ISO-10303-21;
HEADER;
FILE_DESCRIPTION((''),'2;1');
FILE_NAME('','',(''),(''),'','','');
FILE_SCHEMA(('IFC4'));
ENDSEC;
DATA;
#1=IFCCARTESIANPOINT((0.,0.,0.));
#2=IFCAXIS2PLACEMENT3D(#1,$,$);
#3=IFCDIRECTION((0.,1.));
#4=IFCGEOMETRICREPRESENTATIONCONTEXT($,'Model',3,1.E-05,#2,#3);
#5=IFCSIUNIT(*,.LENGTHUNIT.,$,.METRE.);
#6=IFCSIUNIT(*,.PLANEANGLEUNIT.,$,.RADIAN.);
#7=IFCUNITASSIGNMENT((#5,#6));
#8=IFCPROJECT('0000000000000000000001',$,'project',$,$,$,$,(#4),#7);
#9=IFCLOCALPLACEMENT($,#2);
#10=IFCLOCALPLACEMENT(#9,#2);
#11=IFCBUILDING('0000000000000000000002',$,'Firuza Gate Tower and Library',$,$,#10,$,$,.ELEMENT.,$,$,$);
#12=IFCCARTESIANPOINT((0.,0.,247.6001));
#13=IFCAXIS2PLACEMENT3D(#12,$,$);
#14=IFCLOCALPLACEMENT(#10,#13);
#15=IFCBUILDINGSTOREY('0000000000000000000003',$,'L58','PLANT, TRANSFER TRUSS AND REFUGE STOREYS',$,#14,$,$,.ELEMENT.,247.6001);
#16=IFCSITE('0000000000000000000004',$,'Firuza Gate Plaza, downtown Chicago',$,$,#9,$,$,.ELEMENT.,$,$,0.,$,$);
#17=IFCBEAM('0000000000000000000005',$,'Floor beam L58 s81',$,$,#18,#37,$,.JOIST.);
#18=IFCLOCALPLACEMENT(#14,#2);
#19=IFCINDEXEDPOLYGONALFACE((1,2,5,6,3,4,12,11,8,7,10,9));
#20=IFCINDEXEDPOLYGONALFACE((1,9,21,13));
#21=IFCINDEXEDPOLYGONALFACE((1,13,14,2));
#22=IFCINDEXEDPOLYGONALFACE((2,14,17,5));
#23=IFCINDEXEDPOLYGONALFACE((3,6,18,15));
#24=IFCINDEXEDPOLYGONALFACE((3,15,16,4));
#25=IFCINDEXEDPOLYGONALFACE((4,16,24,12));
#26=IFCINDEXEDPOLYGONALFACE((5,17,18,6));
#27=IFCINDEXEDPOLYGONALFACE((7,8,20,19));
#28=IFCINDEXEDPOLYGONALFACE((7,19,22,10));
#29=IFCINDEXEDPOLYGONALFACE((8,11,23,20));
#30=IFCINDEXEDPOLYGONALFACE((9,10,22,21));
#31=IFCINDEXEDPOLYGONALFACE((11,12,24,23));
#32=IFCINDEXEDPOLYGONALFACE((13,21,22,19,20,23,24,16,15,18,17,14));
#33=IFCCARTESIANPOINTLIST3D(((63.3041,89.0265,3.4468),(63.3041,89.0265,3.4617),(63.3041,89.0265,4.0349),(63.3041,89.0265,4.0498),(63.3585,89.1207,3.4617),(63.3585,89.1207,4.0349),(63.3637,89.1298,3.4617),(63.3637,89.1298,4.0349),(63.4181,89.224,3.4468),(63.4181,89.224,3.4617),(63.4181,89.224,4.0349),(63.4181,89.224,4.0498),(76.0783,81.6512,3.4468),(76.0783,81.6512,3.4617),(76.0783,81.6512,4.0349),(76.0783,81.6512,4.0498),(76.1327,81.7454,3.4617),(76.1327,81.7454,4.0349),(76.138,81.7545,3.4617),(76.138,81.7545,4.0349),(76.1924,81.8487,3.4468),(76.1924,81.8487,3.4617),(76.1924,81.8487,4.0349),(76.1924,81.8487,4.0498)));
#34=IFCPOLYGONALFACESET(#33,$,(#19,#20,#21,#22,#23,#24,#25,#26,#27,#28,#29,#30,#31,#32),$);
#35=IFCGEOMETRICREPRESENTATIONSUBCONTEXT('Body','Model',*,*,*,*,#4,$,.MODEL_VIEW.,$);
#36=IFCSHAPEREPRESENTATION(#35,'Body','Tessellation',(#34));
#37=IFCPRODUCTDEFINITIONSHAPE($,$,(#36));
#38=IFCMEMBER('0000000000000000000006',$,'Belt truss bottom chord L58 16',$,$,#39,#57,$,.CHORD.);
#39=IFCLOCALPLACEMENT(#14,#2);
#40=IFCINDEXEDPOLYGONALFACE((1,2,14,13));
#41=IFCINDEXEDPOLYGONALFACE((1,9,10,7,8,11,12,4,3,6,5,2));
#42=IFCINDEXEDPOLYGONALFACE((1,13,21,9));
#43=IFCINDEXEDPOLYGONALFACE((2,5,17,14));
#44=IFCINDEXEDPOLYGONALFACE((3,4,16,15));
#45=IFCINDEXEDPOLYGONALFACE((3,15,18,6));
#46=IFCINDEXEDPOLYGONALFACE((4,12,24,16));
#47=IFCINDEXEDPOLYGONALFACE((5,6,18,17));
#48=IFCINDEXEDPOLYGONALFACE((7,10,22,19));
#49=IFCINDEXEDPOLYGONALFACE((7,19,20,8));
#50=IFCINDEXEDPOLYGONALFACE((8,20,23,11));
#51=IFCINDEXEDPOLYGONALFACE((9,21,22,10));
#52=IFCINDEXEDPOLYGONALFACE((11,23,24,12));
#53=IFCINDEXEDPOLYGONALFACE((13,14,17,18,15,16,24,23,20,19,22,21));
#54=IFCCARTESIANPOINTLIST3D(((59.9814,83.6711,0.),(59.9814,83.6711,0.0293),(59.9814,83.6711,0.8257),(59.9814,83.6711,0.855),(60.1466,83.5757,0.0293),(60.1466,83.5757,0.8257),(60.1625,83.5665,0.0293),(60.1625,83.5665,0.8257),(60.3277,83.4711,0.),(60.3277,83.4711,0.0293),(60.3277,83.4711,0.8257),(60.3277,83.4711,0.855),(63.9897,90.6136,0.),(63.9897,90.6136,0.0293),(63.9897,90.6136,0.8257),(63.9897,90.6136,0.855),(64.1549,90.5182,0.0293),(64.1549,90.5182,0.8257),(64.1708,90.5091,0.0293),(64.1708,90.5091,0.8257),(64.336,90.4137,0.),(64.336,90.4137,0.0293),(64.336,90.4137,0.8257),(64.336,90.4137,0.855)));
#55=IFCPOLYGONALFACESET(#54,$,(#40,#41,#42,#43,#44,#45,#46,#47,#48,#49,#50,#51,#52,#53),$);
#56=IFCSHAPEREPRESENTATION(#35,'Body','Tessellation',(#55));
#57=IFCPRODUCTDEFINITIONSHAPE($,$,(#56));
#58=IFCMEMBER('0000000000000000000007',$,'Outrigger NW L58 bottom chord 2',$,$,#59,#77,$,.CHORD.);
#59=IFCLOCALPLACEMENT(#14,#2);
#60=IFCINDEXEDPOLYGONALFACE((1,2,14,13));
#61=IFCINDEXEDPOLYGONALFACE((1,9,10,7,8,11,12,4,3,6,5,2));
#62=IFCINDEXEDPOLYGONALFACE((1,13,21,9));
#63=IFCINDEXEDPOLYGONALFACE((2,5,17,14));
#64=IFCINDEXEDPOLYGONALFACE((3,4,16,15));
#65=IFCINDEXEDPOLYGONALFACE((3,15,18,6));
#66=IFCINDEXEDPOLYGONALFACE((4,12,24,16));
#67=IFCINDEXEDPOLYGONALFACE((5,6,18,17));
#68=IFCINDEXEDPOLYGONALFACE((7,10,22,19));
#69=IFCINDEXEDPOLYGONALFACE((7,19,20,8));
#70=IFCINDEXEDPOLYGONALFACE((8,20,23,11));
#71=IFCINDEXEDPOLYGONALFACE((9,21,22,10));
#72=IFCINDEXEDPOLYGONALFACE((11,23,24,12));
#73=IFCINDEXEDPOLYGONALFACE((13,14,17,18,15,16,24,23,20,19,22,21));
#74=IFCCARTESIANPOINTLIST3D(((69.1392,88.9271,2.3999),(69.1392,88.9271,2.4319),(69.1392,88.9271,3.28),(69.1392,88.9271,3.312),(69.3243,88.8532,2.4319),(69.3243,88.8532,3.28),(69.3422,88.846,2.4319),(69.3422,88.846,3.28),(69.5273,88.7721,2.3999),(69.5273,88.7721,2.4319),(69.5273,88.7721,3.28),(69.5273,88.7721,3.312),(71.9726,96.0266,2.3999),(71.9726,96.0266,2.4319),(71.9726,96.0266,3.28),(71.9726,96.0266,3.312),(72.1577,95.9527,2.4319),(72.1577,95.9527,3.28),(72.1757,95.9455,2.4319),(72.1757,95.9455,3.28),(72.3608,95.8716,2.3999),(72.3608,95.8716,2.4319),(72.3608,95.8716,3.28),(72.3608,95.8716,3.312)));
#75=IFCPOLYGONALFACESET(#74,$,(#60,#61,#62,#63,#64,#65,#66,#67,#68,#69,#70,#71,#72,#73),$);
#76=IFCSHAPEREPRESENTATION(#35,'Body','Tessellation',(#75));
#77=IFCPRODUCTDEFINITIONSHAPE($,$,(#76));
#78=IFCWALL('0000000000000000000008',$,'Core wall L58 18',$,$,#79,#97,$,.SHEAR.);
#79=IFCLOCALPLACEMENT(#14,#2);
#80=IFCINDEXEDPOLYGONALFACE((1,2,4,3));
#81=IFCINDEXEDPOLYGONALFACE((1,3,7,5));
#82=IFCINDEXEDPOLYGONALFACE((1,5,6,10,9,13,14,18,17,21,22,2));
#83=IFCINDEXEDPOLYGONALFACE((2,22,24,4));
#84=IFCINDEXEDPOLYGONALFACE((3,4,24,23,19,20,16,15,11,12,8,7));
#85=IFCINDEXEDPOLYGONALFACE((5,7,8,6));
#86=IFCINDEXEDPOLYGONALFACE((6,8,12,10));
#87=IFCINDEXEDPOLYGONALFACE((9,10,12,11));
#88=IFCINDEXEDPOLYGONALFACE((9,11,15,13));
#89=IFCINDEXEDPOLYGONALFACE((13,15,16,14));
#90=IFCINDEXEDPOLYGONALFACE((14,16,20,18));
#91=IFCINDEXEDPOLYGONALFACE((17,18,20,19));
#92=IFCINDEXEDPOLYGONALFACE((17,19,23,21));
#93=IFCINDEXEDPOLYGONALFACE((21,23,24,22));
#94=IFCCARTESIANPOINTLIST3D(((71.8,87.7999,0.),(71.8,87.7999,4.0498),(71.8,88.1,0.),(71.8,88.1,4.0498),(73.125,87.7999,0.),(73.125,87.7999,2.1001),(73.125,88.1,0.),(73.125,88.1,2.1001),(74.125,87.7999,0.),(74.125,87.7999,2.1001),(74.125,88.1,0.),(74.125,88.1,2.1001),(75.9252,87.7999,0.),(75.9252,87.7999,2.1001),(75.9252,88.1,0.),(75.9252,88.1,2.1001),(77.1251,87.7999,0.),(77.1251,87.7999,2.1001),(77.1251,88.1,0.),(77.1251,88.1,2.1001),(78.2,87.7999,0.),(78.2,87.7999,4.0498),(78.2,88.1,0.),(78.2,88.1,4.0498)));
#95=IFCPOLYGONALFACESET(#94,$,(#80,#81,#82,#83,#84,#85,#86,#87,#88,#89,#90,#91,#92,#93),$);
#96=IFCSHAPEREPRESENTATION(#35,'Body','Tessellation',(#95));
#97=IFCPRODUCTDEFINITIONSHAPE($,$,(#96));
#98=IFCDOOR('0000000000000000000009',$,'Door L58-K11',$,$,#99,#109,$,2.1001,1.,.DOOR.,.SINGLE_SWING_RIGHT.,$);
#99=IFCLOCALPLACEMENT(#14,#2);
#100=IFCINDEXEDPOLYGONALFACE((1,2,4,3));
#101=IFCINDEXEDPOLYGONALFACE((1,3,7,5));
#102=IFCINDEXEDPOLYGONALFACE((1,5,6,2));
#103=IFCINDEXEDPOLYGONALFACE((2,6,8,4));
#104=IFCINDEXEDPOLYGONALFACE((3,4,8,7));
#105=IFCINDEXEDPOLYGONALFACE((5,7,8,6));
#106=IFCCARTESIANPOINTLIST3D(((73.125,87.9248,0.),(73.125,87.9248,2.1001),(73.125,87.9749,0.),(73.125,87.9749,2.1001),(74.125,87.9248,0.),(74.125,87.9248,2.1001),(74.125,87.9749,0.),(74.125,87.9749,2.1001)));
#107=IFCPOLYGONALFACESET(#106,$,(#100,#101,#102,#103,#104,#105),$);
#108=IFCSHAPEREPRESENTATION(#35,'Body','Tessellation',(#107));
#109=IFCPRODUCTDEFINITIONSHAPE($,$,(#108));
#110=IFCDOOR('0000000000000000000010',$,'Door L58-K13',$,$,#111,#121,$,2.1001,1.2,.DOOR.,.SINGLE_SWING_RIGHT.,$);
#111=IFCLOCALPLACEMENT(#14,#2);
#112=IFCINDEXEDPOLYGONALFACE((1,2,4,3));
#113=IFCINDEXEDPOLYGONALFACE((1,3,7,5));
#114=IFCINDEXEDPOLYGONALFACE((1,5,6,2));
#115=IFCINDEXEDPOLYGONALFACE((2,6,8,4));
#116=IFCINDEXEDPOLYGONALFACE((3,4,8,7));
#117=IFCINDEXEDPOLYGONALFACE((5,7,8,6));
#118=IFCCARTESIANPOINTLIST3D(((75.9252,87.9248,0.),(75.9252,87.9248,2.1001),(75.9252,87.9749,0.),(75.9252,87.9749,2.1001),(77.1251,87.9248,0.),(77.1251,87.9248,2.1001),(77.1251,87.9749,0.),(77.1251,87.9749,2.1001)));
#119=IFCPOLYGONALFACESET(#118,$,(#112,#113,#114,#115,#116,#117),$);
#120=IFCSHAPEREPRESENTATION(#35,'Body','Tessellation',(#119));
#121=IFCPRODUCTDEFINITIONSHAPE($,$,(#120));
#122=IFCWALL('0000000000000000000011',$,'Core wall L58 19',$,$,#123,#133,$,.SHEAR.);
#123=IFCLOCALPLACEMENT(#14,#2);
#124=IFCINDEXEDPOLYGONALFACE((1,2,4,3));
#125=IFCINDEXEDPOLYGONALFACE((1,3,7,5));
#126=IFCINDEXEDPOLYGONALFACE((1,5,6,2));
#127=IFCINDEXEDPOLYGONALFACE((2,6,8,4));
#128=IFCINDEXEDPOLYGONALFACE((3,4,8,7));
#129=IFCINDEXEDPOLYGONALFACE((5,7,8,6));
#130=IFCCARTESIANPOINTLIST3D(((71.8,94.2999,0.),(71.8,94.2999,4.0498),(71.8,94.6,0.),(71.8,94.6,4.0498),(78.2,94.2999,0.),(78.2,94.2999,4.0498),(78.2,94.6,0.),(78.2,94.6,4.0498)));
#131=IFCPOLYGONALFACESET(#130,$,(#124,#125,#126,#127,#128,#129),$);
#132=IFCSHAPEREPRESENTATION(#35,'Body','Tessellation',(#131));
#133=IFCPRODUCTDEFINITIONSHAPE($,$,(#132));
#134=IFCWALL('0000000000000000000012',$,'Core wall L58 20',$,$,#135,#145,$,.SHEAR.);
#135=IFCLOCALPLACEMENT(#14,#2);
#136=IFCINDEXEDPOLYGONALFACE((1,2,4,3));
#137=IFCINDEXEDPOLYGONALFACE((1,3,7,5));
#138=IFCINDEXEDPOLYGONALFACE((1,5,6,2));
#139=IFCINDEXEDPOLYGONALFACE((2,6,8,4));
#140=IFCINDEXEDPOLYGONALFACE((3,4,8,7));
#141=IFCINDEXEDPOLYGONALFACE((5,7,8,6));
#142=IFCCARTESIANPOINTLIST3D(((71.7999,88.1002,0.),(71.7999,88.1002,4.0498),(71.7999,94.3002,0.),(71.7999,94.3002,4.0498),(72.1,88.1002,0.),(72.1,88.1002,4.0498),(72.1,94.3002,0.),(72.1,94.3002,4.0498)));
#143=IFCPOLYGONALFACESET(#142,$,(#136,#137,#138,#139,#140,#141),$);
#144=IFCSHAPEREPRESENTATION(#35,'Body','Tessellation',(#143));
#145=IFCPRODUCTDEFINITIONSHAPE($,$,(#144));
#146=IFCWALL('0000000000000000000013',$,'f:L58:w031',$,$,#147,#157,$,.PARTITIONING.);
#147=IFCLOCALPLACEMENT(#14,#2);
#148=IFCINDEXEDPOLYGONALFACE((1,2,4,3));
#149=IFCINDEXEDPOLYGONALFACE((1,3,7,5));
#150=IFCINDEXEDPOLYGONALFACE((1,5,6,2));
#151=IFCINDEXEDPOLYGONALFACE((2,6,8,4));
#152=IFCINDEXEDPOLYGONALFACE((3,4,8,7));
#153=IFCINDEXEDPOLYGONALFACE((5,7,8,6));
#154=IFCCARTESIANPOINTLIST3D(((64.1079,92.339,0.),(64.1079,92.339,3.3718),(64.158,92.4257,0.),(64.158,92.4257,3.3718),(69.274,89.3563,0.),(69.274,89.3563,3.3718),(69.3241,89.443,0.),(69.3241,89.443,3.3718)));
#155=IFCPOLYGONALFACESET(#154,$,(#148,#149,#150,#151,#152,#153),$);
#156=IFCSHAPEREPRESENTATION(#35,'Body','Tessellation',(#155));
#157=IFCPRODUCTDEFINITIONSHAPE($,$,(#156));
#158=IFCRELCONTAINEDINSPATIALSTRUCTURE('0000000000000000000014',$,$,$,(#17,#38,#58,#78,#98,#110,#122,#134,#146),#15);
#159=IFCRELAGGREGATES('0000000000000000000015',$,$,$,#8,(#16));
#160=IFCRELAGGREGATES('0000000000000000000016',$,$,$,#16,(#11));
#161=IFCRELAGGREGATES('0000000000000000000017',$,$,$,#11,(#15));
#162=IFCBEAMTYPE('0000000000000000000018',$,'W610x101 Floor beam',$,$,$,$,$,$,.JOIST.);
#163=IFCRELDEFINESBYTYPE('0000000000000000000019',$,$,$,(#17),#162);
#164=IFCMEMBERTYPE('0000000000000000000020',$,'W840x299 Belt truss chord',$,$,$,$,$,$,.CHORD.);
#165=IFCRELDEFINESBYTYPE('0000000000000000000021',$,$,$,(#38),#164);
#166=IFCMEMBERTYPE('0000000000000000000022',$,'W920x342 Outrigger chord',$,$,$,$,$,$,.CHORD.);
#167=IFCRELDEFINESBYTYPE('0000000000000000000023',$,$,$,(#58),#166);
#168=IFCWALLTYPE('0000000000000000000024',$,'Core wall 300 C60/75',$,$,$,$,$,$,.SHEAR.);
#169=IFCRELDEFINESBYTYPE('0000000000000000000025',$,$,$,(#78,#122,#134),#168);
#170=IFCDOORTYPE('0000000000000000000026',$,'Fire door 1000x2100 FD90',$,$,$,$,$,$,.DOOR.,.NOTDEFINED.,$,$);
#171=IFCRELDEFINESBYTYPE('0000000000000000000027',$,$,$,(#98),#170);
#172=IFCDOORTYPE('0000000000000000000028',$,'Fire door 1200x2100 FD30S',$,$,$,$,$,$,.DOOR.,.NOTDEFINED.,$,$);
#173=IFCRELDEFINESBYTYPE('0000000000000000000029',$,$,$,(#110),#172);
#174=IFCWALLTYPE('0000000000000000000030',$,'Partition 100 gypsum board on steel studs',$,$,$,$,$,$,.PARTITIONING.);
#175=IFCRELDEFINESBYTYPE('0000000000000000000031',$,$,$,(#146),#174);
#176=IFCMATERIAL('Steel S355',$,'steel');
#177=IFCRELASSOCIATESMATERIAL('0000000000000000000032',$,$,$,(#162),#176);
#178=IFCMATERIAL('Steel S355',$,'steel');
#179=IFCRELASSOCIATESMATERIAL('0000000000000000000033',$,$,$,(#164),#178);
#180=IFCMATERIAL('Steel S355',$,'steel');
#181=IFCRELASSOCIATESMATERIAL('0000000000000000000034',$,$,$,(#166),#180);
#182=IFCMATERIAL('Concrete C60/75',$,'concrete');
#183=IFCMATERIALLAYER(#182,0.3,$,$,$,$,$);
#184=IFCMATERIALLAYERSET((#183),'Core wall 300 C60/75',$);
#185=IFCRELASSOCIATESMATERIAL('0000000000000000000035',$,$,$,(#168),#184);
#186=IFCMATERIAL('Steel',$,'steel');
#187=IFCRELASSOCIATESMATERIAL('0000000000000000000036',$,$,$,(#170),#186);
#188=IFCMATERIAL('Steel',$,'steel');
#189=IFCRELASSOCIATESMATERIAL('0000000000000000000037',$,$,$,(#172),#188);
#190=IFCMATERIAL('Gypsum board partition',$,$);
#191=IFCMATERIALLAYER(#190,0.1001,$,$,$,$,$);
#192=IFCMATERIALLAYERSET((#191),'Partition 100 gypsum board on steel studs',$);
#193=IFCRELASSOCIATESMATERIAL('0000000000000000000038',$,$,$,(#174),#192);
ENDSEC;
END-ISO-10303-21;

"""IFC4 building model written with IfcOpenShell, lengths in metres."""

from ifc_helpers import new_model, si_unit, direction, frame, frame_2d, origin, origin_2d, place, context, subcontext, project, spatial, rectangle, i_section, extrude, material, layer, layer_set, material_profile, profile_set, type_object, element, fill, save


model = new_model("IFC4")

# Units and contexts
model_context = context("Model", 3, precision=1e-05, world=origin(), true_north=direction((0.0, 1.0)))
body_context = subcontext(model_context, "Body", "Model", "MODEL_VIEW")
ifc_project = project(units=[si_unit("LENGTHUNIT", "METRE"), si_unit("PLANEANGLEUNIT", "RADIAN")], contexts=[model_context])

# Site, building, storey
site_placement = place(None, origin())
site = spatial("IfcSite", under=ifc_project, at=site_placement, Name="Firuza Gate Plaza, downtown Chicago", CompositionType="ELEMENT", RefElevation=0.0)
building_placement = place(site_placement, origin())
building = spatial("IfcBuilding", under=site, at=building_placement, Name="Firuza Gate Tower and Library", CompositionType="ELEMENT")
storey_placement = place(building_placement, frame((0.0, 0.0, 247.6001)))
storey = spatial("IfcBuildingStorey", under=building, at=storey_placement, Name="L58", Description="PLANT, TRANSFER TRUSS AND REFUGE STOREYS", CompositionType="ELEMENT", Elevation=247.6001)

# Beam
ifc_material_1 = material(Name="Steel S355", Category="steel")
ifc_material_profile_1 = material_profile(ifc_material_1, i_section(OverallWidth=0.228, OverallDepth=0.603, WebThickness=0.0105, FlangeThickness=0.0149, at=origin_2d()))
ifc_profile_set_1 = profile_set([ifc_material_profile_1], Name="Steel S355")
beam_type = type_object("IfcBeamType", Name="W610x101 Floor beam", PredefinedType="JOIST", material=ifc_profile_set_1)
beam_placement = place(storey_placement, frame((63.3611, 89.1252, 3.7483), z_axis=(0.866023, -0.500004, 0.0), x_axis=(0.500004, 0.866023, 0.0)))
element("IfcBeam", 1, at=beam_placement, inside=storey, type_object=beam_type, Name="Floor beam L58 s81", PredefinedType="JOIST", context=body_context, shape_type="SweptSolid", body=[
    extrude(i_section(OverallWidth=0.228, OverallDepth=0.603, WebThickness=0.0105, FlangeThickness=0.0149, at=origin_2d()), origin(), (0.0, 0.0, 1.0), 14.7505),
])

# Members
ifc_material_2 = material(Name="Steel S355", Category="steel")
ifc_material_profile_2 = material_profile(ifc_material_2, i_section(OverallWidth=0.3999, OverallDepth=0.855, WebThickness=0.0183, FlangeThickness=0.0293, at=origin_2d()))
ifc_profile_set_2 = profile_set([ifc_material_profile_2], Name="Steel S355")
member_type_1 = type_object("IfcMemberType", Name="W840x299 Belt truss chord", PredefinedType="CHORD", material=ifc_profile_set_2)
member_1_placement = place(storey_placement, frame((64.1628, 90.5137, 0.4275), z_axis=(-0.499997, -0.866027, 0.0), x_axis=(0.866027, -0.499997, 0.0)))
element("IfcMember", 2, at=member_1_placement, inside=storey, type_object=member_type_1, Name="Belt truss bottom chord L58 16", PredefinedType="CHORD", context=body_context, shape_type="SweptSolid", body=[
    extrude(i_section(OverallWidth=0.3999, OverallDepth=0.855, WebThickness=0.0183, FlangeThickness=0.0293, at=origin_2d()), origin(), (0.0, 0.0, 1.0), 8.0166),
])
ifc_material_3 = material(Name="Steel S355", Category="steel")
ifc_material_profile_3 = material_profile(ifc_material_3, i_section(OverallWidth=0.418, OverallDepth=0.9121, WebThickness=0.0193, FlangeThickness=0.032, at=origin_2d()))
ifc_profile_set_3 = profile_set([ifc_material_profile_3], Name="Steel S355")
member_type_2 = type_object("IfcMemberType", Name="W920x342 Outrigger chord", PredefinedType="CHORD", material=ifc_profile_set_3)
member_2_placement = place(storey_placement, frame((69.3333, 88.8496, 2.856), z_axis=(0.370675, 0.928763, 0.0), x_axis=(-0.928763, 0.370675, 0.0)))
element("IfcMember", 3, at=member_2_placement, inside=storey, type_object=member_type_2, Name="Outrigger NW L58 bottom chord 2", PredefinedType="CHORD", context=body_context, shape_type="SweptSolid", body=[
    extrude(i_section(OverallWidth=0.418, OverallDepth=0.9121, WebThickness=0.0193, FlangeThickness=0.032, at=origin_2d()), origin(), (0.0, 0.0, 1.0), 7.644),
])

# Wall, openings, doors
ifc_material_4 = material(Name="Concrete C60/75", Category="concrete")
ifc_layer_1 = layer(ifc_material_4, 0.3)
ifc_layer_set_1 = layer_set([ifc_layer_1], Name="Core wall 300 C60/75")
wall_type_1 = type_object("IfcWallType", Name="Core wall 300 C60/75", PredefinedType="SHEAR", material=ifc_layer_set_1)
wall_1_placement = place(storey_placement, frame((71.8, 87.95, 0.0), z_axis=(0.0, 0.0, 1.0), x_axis=(1.0, 0.0, 0.0)))
wall_1 = element("IfcWall", 4, at=wall_1_placement, inside=storey, type_object=wall_type_1, Name="Core wall L58 18", PredefinedType="SHEAR", context=body_context, shape_type="SweptSolid", body=[
    extrude(rectangle(XDim=6.3999, YDim=0.3, at=frame_2d((3.2, 0.0))), origin(), (0.0, 0.0, 1.0), 4.0498),
])
opening_1_placement = place(wall_1_placement, frame((1.325, 0.0, 0.0)))
opening_1 = element("IfcOpeningElement", 5, at=opening_1_placement, cuts=wall_1, PredefinedType="OPENING", context=body_context, shape_type="SweptSolid", body=[
    extrude(rectangle(XDim=1.0, YDim=2.1001, at=frame_2d((0.5, 1.05))), frame((0.0, 0.1602, 0.0), z_axis=(0.0, -1.0, 0.0), x_axis=(1.0, 0.0, 0.0)), (0.0, 0.0, 1.0), 0.3201),
])
opening_2_placement = place(wall_1_placement, frame((4.125, 0.0, 0.0)))
opening_2 = element("IfcOpeningElement", 6, at=opening_2_placement, cuts=wall_1, PredefinedType="OPENING", context=body_context, shape_type="SweptSolid", body=[
    extrude(rectangle(XDim=1.2, YDim=2.1001, at=frame_2d((0.6001, 1.05))), frame((0.0, 0.1602, 0.0), z_axis=(0.0, -1.0, 0.0), x_axis=(1.0, 0.0, 0.0)), (0.0, 0.0, 1.0), 0.3201),
])
ifc_material_5 = material(Name="Steel", Category="steel")
door_type_1 = type_object("IfcDoorType", Name="Fire door 1000x2100 FD90", OperationType="NOTDEFINED", PredefinedType="DOOR", material=ifc_material_5)
door_1_placement = place(opening_1_placement, origin())
door_1 = element("IfcDoor", 7, at=door_1_placement, inside=storey, type_object=door_type_1, Name="Door L58-K11", OperationType="SINGLE_SWING_RIGHT", OverallHeight=2.1001, OverallWidth=1.0, PredefinedType="DOOR", context=body_context, shape_type="SweptSolid", body=[
    extrude(rectangle(XDim=1.0, YDim=2.1001, at=frame_2d((0.5, 1.05))), frame((0.0, 0.0249, 0.0), z_axis=(0.0, -1.0, 0.0), x_axis=(1.0, 0.0, 0.0)), (0.0, 0.0, 1.0), 0.05),
])
fill(opening_1, door_1)
ifc_material_6 = material(Name="Steel", Category="steel")
door_type_2 = type_object("IfcDoorType", Name="Fire door 1200x2100 FD30S", OperationType="NOTDEFINED", PredefinedType="DOOR", material=ifc_material_6)
door_2_placement = place(opening_2_placement, origin())
door_2 = element("IfcDoor", 8, at=door_2_placement, inside=storey, type_object=door_type_2, Name="Door L58-K13", OperationType="SINGLE_SWING_RIGHT", OverallHeight=2.1001, OverallWidth=1.2, PredefinedType="DOOR", context=body_context, shape_type="SweptSolid", body=[
    extrude(rectangle(XDim=1.2, YDim=2.1001, at=frame_2d((0.6001, 1.05))), frame((0.0, 0.0249, 0.0), z_axis=(0.0, -1.0, 0.0), x_axis=(1.0, 0.0, 0.0)), (0.0, 0.0, 1.0), 0.05),
])
fill(opening_2, door_2)

# Walls
wall_2_placement = place(storey_placement, frame((71.8, 94.45, 0.0), z_axis=(0.0, 0.0, 1.0), x_axis=(1.0, 0.0, 0.0)))
element("IfcWall", 9, at=wall_2_placement, inside=storey, type_object=wall_type_1, Name="Core wall L58 19", PredefinedType="SHEAR", context=body_context, shape_type="SweptSolid", body=[
    extrude(rectangle(XDim=6.3999, YDim=0.3, at=frame_2d((3.2, 0.0))), origin(), (0.0, 0.0, 1.0), 4.0498),
])
wall_3_placement = place(storey_placement, frame((71.95, 88.1001, 0.0), z_axis=(0.0, 0.0, 1.0), x_axis=(0.0, 1.0, 0.0)))
element("IfcWall", 10, at=wall_3_placement, inside=storey, type_object=wall_type_1, Name="Core wall L58 20", PredefinedType="SHEAR", context=body_context, shape_type="SweptSolid", body=[
    extrude(rectangle(XDim=6.2, YDim=0.3, at=frame_2d((3.1001, 0.0))), origin(), (0.0, 0.0, 1.0), 4.0498),
])
ifc_material_7 = material(Name="Gypsum board partition")
ifc_layer_2 = layer(ifc_material_7, 0.1001)
ifc_layer_set_2 = layer_set([ifc_layer_2], Name="Partition 100 gypsum board on steel studs")
wall_type_2 = type_object("IfcWallType", Name="Partition 100 gypsum board on steel studs", PredefinedType="PARTITIONING", material=ifc_layer_set_2)
wall_4_placement = place(storey_placement, frame((69.2991, 89.3997, 0.0), z_axis=(0.0, 0.0, 1.0), x_axis=(-0.866021, 0.500008, 0.0)))
element("IfcWall", 11, at=wall_4_placement, inside=storey, type_object=wall_type_2, Name="f:L58:w031", PredefinedType="PARTITIONING", context=body_context, shape_type="SweptSolid", body=[
    extrude(rectangle(XDim=5.9653, YDim=0.1001, at=frame_2d((2.9827, 0.0))), origin(), (0.0, 0.0, 1.0), 3.3718),
])

save(model, "model.ifc")
